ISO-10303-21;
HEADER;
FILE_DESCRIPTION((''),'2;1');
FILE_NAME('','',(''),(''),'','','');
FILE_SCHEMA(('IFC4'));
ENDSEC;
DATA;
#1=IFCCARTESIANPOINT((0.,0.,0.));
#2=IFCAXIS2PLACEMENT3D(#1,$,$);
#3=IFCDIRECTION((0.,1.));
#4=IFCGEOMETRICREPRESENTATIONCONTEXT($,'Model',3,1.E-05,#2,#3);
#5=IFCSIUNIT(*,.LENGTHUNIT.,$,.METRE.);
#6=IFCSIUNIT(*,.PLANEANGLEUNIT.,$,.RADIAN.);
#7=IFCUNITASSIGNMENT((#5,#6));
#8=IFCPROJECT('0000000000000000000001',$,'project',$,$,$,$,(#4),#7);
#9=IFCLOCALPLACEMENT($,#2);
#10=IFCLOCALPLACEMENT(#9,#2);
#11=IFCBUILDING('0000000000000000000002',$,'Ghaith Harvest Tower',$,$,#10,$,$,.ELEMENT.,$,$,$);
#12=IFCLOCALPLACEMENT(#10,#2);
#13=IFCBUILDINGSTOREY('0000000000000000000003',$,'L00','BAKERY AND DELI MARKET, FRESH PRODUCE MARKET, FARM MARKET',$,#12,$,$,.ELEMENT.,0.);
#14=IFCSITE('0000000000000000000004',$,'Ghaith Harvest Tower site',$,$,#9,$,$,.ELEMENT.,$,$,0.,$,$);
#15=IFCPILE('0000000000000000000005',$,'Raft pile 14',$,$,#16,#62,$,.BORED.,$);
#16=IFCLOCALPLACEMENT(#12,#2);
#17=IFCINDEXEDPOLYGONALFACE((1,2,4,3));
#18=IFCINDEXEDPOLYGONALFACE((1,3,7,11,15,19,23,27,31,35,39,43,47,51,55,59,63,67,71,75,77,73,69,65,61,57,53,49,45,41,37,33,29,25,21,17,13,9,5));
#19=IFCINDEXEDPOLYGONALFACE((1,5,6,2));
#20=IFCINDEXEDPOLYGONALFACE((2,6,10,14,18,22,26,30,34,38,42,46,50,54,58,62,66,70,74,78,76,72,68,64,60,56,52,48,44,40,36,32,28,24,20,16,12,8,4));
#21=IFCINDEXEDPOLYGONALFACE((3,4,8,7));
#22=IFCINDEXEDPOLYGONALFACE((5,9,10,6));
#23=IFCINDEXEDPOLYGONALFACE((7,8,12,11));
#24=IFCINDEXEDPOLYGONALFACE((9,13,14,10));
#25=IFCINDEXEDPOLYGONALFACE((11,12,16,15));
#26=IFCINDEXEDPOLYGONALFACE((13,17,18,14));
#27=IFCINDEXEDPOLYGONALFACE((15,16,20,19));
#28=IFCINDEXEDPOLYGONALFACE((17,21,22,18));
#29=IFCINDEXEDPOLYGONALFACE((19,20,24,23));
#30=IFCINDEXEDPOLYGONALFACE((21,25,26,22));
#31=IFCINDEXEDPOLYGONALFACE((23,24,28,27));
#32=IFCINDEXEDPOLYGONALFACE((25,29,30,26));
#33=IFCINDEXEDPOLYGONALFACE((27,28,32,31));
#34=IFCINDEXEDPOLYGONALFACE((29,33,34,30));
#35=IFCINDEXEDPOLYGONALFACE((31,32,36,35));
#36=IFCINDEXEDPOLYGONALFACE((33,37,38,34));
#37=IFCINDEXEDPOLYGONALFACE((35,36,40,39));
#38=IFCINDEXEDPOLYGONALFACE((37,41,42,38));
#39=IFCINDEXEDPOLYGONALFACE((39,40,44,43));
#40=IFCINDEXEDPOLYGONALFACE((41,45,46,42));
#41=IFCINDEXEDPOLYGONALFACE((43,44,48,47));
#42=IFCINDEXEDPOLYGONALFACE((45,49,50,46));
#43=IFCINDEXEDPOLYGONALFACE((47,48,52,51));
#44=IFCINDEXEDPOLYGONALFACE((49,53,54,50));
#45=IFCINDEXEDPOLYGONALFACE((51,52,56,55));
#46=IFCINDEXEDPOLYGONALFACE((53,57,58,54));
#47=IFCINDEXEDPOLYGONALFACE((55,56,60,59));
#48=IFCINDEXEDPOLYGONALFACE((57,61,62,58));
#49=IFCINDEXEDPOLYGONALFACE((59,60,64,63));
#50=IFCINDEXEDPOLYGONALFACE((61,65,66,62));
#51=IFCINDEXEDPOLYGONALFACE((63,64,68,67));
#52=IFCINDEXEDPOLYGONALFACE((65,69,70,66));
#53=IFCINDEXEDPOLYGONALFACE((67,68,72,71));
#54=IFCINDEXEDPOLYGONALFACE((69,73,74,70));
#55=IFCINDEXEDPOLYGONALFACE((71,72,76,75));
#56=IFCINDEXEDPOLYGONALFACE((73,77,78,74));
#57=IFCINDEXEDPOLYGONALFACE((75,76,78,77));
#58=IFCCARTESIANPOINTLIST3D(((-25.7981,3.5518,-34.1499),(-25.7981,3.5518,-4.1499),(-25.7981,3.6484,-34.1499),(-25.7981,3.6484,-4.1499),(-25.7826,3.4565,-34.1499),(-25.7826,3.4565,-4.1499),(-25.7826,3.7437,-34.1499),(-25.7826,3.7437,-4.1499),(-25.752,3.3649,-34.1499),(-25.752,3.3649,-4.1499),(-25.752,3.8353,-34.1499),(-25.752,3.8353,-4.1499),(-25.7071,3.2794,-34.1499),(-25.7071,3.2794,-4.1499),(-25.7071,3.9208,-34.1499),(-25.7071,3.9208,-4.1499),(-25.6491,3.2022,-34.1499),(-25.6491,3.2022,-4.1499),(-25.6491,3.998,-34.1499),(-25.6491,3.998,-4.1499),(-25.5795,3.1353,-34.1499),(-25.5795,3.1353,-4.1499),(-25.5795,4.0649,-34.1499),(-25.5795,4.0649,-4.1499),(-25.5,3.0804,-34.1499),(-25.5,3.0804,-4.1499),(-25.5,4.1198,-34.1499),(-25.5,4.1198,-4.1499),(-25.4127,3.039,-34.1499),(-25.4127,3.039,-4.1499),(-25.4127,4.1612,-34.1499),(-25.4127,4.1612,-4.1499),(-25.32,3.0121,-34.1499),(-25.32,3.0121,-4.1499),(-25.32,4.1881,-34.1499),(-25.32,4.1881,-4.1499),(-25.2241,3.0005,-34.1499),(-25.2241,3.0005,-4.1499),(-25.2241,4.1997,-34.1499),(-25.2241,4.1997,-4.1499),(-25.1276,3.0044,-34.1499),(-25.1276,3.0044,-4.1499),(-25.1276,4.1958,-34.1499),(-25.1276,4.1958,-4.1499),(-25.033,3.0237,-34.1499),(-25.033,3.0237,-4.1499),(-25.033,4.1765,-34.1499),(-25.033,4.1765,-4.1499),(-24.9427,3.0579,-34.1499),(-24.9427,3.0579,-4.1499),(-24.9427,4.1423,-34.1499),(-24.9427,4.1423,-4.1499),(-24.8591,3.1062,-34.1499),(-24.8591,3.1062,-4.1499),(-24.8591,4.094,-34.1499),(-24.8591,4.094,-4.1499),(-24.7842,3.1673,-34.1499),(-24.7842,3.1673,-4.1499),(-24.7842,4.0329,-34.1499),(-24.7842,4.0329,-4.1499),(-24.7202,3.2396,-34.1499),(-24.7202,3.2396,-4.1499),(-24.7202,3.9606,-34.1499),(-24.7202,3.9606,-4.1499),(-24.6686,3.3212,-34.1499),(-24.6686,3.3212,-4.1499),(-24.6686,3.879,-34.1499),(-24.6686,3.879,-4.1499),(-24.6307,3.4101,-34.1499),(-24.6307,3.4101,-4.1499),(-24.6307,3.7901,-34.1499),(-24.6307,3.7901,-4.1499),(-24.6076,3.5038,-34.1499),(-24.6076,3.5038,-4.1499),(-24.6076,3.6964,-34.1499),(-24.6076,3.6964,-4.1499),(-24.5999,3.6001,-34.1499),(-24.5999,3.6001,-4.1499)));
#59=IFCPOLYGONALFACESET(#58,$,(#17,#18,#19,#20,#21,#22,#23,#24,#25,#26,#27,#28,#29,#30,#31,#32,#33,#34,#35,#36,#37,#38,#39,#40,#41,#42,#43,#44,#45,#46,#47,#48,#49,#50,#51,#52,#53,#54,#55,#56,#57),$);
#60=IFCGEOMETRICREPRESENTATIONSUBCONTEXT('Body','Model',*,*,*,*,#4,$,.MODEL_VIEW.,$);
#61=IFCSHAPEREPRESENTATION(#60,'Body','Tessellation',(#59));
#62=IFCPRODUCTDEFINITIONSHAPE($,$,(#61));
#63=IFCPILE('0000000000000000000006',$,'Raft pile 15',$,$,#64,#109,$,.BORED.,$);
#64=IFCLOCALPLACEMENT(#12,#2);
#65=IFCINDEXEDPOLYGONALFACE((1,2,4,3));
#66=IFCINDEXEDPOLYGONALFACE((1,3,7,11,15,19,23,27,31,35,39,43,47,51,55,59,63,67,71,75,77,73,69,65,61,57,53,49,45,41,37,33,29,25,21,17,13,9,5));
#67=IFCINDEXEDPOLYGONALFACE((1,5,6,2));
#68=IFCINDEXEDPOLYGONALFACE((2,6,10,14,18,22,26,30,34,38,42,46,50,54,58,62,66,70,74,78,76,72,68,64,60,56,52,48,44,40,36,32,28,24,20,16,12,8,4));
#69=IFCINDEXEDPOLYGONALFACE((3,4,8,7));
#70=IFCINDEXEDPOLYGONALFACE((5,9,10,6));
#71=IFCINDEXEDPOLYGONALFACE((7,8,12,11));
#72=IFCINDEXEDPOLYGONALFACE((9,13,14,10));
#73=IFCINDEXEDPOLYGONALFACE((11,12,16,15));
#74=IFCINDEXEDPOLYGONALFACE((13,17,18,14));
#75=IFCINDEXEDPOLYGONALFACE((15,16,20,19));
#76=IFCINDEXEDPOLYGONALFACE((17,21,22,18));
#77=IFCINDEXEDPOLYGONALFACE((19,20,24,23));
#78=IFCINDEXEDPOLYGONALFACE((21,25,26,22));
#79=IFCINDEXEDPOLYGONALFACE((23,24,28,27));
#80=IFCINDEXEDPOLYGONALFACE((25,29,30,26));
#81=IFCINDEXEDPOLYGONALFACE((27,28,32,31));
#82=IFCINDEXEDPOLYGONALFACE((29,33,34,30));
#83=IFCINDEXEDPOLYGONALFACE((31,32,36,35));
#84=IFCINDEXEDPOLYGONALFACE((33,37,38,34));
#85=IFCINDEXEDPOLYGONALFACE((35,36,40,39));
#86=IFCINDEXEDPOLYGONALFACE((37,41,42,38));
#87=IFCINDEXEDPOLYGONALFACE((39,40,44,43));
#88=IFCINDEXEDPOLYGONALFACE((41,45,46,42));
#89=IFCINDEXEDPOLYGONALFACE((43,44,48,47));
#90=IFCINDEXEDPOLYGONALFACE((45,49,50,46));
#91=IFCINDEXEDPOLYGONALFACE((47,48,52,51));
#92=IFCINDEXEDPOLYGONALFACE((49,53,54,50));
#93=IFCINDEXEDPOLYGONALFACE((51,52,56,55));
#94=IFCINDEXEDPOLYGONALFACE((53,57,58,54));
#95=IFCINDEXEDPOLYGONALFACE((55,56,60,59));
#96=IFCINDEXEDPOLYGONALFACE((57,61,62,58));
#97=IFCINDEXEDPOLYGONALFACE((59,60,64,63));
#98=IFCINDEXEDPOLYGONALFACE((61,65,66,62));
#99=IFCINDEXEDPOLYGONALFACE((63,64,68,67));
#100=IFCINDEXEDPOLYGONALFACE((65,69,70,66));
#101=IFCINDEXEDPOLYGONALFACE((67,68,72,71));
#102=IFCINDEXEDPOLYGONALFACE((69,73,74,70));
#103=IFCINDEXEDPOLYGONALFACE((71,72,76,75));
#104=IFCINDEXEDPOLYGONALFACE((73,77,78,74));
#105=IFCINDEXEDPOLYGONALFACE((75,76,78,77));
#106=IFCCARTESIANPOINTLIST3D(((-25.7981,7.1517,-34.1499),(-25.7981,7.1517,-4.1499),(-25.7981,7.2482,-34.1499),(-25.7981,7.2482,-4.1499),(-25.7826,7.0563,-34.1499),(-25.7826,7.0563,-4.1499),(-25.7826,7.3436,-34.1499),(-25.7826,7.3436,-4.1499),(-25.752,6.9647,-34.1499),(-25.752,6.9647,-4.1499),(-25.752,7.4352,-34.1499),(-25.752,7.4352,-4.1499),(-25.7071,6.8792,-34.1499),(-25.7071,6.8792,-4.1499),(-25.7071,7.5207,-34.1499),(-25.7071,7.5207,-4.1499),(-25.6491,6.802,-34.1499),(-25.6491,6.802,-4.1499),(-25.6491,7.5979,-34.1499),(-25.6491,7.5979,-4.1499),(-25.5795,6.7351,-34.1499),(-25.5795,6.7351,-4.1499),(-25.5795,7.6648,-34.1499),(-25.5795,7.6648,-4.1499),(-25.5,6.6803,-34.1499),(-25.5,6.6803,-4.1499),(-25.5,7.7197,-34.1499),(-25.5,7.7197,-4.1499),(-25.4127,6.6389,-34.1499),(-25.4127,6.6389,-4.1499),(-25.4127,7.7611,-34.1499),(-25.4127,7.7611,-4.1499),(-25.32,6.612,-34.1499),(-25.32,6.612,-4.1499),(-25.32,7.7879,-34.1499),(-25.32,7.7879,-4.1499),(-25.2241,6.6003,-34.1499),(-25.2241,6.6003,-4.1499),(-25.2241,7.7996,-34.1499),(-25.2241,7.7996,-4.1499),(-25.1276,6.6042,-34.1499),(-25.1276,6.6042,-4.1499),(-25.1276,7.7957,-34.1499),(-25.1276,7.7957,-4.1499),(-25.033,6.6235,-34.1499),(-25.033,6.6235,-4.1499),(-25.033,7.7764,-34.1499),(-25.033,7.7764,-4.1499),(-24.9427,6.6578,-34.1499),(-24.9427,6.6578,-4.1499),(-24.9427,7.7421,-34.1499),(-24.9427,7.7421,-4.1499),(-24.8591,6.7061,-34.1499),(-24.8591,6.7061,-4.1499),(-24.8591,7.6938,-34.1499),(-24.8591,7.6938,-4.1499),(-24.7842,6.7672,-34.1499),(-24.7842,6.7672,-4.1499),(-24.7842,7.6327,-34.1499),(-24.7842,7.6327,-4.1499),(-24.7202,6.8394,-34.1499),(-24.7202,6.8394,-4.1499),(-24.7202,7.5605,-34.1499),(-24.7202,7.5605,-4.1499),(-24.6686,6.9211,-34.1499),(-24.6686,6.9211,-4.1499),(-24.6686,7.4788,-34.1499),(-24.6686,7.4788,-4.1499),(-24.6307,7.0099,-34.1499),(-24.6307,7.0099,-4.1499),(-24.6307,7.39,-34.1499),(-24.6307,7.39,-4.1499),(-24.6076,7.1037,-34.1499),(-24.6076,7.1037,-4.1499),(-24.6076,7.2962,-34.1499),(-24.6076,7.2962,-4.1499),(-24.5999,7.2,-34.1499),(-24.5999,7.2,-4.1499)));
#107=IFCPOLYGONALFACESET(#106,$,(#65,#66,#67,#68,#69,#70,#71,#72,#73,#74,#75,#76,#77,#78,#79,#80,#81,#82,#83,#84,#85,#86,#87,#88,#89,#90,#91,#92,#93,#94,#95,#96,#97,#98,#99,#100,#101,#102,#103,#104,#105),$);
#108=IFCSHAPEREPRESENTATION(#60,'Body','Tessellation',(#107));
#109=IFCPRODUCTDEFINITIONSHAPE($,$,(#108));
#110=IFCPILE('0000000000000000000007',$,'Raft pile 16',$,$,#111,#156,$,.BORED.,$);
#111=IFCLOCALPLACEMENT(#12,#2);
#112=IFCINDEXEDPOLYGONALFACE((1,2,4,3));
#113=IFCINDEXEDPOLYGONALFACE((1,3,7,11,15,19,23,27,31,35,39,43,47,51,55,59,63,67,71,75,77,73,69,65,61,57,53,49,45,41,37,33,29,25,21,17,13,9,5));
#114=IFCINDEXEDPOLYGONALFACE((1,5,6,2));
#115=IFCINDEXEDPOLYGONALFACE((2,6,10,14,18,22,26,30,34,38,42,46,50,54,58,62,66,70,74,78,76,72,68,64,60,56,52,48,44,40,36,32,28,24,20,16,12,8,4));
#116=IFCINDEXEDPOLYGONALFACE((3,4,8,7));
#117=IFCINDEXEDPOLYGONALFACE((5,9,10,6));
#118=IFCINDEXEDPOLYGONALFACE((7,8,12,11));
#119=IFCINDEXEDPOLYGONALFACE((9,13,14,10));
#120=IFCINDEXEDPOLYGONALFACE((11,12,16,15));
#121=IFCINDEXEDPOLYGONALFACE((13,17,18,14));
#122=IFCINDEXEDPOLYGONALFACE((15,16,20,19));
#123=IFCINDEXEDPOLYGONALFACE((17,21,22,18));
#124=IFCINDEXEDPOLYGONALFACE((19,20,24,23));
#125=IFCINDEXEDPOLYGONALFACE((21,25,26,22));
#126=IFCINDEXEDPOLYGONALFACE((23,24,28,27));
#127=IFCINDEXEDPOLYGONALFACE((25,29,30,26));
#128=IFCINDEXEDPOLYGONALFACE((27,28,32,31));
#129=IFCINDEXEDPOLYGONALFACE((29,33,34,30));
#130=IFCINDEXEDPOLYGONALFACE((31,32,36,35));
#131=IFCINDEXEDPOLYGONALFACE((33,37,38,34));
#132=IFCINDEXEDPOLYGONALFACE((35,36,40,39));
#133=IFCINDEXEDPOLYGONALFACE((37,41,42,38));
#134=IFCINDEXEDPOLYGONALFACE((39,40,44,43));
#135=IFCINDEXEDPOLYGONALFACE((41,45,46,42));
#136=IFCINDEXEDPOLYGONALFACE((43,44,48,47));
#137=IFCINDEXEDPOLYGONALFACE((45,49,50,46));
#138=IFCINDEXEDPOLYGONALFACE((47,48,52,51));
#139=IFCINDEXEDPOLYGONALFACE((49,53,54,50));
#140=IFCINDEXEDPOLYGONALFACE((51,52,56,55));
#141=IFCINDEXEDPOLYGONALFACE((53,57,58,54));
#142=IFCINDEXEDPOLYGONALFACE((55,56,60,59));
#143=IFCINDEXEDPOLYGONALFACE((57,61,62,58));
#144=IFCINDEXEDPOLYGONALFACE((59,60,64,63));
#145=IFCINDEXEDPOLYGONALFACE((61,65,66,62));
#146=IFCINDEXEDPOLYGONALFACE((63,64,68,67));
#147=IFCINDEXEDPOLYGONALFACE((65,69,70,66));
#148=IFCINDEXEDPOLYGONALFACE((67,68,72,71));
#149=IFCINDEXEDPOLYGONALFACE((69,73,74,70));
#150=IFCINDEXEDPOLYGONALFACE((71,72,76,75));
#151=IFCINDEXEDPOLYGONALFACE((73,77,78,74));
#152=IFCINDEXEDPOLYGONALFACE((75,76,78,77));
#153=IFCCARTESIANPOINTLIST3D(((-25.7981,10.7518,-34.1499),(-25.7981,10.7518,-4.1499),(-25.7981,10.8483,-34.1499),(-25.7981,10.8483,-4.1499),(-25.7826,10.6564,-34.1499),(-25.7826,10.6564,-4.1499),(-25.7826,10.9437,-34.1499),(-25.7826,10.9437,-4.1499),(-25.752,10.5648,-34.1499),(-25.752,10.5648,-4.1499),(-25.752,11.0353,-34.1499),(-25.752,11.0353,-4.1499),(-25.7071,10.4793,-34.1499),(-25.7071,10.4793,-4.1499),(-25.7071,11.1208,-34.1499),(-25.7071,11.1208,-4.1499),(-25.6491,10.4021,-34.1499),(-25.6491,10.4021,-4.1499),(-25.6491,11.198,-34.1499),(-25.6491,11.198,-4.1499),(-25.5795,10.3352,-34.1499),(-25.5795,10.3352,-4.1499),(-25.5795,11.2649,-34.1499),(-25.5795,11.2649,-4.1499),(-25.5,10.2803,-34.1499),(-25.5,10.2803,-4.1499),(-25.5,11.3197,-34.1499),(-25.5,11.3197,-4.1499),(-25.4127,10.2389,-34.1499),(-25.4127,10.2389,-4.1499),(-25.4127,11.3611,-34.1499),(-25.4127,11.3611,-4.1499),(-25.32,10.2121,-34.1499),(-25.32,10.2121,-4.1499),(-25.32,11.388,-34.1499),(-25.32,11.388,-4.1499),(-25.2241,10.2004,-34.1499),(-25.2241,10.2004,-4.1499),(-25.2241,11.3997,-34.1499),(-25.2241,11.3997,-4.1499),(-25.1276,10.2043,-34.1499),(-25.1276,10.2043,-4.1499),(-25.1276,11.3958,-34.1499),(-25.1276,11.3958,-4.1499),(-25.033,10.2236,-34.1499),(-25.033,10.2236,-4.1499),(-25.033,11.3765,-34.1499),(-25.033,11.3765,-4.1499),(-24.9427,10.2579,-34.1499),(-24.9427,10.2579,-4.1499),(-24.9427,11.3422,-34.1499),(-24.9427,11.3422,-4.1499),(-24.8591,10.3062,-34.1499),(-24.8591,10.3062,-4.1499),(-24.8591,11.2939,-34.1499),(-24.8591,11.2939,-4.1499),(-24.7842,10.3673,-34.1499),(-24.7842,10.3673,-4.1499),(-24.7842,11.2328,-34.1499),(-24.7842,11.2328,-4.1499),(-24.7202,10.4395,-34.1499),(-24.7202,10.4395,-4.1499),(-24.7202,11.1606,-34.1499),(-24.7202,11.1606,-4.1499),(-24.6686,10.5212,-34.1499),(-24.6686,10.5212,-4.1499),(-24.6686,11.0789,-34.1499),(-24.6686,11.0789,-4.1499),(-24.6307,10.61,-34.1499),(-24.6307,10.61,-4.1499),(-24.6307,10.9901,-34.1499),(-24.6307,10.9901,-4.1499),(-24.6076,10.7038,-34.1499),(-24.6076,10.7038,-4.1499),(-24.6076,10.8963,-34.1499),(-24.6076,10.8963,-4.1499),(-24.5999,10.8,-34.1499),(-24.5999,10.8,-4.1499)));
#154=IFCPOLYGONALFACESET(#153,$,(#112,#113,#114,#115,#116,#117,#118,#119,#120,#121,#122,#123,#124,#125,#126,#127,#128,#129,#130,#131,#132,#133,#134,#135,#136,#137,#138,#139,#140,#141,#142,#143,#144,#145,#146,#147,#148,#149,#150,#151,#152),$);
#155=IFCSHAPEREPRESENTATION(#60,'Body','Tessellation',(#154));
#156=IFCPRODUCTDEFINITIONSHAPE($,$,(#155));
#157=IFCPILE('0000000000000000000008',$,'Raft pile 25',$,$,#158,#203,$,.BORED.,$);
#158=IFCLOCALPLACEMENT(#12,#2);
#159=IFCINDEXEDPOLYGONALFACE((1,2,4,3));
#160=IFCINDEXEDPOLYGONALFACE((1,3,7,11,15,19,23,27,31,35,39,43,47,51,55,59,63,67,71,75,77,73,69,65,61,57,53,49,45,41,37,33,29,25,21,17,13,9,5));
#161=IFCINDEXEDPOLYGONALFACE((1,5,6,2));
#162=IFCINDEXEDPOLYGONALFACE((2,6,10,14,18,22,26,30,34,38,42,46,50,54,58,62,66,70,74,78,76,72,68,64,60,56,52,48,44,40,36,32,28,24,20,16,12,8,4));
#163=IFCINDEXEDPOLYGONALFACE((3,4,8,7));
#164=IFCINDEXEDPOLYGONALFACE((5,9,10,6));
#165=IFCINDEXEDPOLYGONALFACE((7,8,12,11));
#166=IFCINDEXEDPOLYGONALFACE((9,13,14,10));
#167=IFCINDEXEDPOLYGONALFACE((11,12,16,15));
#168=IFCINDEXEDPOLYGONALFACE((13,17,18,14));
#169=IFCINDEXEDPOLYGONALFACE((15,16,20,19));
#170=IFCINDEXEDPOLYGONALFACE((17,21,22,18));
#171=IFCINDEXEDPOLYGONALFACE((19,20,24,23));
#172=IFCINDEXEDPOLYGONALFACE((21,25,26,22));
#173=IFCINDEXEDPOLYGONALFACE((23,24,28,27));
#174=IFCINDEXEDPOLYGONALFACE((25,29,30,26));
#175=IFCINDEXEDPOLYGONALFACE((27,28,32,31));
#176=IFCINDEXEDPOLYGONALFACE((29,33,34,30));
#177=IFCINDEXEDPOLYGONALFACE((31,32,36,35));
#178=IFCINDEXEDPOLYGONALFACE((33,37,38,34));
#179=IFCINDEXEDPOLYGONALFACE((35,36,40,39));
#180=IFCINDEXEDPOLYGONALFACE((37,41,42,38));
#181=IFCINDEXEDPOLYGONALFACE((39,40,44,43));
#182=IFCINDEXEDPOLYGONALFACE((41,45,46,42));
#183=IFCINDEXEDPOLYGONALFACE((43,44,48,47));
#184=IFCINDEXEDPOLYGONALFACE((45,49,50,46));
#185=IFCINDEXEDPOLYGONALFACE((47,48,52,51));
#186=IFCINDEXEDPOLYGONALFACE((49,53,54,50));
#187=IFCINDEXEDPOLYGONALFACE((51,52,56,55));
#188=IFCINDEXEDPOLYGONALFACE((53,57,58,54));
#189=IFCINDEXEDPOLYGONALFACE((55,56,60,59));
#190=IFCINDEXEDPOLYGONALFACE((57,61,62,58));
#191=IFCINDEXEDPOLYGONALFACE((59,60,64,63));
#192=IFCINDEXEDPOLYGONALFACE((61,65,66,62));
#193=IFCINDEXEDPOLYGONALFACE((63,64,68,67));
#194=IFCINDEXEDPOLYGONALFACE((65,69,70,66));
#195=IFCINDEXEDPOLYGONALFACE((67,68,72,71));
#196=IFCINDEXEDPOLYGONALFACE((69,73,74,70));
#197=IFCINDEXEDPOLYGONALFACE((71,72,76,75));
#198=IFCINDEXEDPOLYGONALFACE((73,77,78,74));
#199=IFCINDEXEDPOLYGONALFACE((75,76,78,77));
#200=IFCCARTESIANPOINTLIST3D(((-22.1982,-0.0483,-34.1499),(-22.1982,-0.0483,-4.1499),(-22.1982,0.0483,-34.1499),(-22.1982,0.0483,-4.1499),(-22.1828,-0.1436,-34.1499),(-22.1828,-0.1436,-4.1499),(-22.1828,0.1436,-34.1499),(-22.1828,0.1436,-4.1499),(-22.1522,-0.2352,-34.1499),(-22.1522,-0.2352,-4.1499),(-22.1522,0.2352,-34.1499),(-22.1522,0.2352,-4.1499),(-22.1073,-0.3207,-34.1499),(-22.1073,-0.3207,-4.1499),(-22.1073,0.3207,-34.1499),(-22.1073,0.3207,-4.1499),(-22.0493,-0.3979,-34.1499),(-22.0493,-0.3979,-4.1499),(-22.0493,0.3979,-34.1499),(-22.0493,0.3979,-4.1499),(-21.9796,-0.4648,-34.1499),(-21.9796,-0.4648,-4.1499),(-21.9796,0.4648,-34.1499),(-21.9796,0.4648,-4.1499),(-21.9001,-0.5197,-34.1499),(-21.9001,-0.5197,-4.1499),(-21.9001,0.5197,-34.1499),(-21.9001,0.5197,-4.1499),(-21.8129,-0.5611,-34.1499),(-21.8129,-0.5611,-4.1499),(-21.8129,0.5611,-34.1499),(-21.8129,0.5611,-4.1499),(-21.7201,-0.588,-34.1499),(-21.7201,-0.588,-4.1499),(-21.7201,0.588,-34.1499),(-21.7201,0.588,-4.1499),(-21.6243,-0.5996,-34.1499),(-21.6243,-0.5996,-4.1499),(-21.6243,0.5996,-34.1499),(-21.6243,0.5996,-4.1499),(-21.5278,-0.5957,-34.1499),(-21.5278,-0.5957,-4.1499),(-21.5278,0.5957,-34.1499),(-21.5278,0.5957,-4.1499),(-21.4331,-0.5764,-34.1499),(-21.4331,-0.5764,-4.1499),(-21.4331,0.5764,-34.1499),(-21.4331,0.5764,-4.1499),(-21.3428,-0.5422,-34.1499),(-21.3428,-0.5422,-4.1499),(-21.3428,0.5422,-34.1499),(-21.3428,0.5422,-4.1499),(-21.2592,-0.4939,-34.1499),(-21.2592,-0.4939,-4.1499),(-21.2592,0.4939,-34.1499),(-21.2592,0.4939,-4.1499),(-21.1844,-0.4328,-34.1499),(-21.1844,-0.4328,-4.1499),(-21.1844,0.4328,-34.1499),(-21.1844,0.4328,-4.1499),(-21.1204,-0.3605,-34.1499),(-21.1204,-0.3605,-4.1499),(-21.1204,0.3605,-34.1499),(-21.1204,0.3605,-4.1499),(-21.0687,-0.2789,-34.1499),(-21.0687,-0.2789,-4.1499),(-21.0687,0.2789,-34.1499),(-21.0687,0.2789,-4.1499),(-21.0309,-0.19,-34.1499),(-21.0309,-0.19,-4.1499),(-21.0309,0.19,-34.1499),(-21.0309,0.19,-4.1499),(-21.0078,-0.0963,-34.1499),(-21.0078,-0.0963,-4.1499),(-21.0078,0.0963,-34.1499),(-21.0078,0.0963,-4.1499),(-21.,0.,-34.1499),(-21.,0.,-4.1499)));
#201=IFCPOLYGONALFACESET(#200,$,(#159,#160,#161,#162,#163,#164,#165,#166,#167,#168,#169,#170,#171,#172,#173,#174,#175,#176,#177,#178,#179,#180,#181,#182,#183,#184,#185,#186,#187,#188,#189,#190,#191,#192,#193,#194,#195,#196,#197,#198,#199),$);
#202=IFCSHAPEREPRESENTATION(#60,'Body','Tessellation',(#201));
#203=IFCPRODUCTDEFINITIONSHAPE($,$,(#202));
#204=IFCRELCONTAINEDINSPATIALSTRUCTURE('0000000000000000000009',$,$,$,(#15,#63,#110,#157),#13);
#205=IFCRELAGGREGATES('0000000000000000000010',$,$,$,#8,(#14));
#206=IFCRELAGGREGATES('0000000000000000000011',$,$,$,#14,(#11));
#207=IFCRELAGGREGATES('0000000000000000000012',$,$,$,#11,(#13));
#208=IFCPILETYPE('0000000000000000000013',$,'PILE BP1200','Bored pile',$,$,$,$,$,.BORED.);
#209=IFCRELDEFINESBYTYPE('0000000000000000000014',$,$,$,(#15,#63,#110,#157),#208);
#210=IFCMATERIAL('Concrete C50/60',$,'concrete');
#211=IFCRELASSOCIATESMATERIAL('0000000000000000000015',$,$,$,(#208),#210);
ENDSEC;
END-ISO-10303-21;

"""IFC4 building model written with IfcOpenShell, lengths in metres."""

from ifc_helpers import new_model, si_unit, direction, frame, origin, origin_2d, place, context, subcontext, project, spatial, circle, extrude, material, material_profile, profile_set, type_object, element, save


model = new_model("IFC4")

# Units and contexts
model_context = context("Model", 3, precision=1e-05, world=origin(), true_north=direction((0.0, 1.0)))
body_context = subcontext(model_context, "Body", "Model", "MODEL_VIEW")
ifc_project = project(units=[si_unit("LENGTHUNIT", "METRE"), si_unit("PLANEANGLEUNIT", "RADIAN")], contexts=[model_context])

# Site, building, storey
site_placement = place(None, origin())
site = spatial("IfcSite", under=ifc_project, at=site_placement, Name="Ghaith Harvest Tower site", CompositionType="ELEMENT", RefElevation=0.0)
building_placement = place(site_placement, origin())
building = spatial("IfcBuilding", under=site, at=building_placement, Name="Ghaith Harvest Tower", CompositionType="ELEMENT")
storey_placement = place(building_placement, origin())
storey = spatial("IfcBuildingStorey", under=building, at=storey_placement, Name="L00", Description="BAKERY AND DELI MARKET, FRESH PRODUCE MARKET, FARM MARKET", CompositionType="ELEMENT", Elevation=0.0)

# Piles
ifc_material_1 = material(Name="Concrete C50/60", Category="concrete")
ifc_material_profile_1 = material_profile(ifc_material_1, circle(Radius=0.6001, at=origin_2d()), Name="PILE1200")
ifc_profile_set_1 = profile_set([ifc_material_profile_1], Name="Concrete C50/60")
pile_type = type_object("IfcPileType", Name="PILE BP1200", Description="Bored pile", PredefinedType="BORED", material=ifc_profile_set_1)
for number, where, z_axis, x_axis, name in (
    (1, (-25.2, 3.6001, -4.1499), (0.0, 0.0, -1.0), (1.0, 0.0, 0.0), "Raft pile 14"),
    (2, (-25.2, 7.2, -4.1499), (0.0, 0.0, -1.0), (1.0, 0.0, 0.0), "Raft pile 15"),
    (3, (-25.2, 10.8, -4.1499), (0.0, 0.0, -1.0), (1.0, 0.0, 0.0), "Raft pile 16"),
    (4, (-21.6001, 0.0, -4.1499), (0.0, 0.0, -1.0), (1.0, 0.0, 0.0), "Raft pile 25"),
):
    element("IfcPile", number, at=place(storey_placement, frame(where, z_axis=z_axis, x_axis=x_axis)), inside=storey, type_object=pile_type, Name=name, PredefinedType="BORED", context=body_context, shape_type="SweptSolid", body=[
        extrude(circle(Radius=0.6001, at=origin_2d()), origin(), (0.0, 0.0, 1.0), 30.0),
    ])

save(model, "model.ifc")
